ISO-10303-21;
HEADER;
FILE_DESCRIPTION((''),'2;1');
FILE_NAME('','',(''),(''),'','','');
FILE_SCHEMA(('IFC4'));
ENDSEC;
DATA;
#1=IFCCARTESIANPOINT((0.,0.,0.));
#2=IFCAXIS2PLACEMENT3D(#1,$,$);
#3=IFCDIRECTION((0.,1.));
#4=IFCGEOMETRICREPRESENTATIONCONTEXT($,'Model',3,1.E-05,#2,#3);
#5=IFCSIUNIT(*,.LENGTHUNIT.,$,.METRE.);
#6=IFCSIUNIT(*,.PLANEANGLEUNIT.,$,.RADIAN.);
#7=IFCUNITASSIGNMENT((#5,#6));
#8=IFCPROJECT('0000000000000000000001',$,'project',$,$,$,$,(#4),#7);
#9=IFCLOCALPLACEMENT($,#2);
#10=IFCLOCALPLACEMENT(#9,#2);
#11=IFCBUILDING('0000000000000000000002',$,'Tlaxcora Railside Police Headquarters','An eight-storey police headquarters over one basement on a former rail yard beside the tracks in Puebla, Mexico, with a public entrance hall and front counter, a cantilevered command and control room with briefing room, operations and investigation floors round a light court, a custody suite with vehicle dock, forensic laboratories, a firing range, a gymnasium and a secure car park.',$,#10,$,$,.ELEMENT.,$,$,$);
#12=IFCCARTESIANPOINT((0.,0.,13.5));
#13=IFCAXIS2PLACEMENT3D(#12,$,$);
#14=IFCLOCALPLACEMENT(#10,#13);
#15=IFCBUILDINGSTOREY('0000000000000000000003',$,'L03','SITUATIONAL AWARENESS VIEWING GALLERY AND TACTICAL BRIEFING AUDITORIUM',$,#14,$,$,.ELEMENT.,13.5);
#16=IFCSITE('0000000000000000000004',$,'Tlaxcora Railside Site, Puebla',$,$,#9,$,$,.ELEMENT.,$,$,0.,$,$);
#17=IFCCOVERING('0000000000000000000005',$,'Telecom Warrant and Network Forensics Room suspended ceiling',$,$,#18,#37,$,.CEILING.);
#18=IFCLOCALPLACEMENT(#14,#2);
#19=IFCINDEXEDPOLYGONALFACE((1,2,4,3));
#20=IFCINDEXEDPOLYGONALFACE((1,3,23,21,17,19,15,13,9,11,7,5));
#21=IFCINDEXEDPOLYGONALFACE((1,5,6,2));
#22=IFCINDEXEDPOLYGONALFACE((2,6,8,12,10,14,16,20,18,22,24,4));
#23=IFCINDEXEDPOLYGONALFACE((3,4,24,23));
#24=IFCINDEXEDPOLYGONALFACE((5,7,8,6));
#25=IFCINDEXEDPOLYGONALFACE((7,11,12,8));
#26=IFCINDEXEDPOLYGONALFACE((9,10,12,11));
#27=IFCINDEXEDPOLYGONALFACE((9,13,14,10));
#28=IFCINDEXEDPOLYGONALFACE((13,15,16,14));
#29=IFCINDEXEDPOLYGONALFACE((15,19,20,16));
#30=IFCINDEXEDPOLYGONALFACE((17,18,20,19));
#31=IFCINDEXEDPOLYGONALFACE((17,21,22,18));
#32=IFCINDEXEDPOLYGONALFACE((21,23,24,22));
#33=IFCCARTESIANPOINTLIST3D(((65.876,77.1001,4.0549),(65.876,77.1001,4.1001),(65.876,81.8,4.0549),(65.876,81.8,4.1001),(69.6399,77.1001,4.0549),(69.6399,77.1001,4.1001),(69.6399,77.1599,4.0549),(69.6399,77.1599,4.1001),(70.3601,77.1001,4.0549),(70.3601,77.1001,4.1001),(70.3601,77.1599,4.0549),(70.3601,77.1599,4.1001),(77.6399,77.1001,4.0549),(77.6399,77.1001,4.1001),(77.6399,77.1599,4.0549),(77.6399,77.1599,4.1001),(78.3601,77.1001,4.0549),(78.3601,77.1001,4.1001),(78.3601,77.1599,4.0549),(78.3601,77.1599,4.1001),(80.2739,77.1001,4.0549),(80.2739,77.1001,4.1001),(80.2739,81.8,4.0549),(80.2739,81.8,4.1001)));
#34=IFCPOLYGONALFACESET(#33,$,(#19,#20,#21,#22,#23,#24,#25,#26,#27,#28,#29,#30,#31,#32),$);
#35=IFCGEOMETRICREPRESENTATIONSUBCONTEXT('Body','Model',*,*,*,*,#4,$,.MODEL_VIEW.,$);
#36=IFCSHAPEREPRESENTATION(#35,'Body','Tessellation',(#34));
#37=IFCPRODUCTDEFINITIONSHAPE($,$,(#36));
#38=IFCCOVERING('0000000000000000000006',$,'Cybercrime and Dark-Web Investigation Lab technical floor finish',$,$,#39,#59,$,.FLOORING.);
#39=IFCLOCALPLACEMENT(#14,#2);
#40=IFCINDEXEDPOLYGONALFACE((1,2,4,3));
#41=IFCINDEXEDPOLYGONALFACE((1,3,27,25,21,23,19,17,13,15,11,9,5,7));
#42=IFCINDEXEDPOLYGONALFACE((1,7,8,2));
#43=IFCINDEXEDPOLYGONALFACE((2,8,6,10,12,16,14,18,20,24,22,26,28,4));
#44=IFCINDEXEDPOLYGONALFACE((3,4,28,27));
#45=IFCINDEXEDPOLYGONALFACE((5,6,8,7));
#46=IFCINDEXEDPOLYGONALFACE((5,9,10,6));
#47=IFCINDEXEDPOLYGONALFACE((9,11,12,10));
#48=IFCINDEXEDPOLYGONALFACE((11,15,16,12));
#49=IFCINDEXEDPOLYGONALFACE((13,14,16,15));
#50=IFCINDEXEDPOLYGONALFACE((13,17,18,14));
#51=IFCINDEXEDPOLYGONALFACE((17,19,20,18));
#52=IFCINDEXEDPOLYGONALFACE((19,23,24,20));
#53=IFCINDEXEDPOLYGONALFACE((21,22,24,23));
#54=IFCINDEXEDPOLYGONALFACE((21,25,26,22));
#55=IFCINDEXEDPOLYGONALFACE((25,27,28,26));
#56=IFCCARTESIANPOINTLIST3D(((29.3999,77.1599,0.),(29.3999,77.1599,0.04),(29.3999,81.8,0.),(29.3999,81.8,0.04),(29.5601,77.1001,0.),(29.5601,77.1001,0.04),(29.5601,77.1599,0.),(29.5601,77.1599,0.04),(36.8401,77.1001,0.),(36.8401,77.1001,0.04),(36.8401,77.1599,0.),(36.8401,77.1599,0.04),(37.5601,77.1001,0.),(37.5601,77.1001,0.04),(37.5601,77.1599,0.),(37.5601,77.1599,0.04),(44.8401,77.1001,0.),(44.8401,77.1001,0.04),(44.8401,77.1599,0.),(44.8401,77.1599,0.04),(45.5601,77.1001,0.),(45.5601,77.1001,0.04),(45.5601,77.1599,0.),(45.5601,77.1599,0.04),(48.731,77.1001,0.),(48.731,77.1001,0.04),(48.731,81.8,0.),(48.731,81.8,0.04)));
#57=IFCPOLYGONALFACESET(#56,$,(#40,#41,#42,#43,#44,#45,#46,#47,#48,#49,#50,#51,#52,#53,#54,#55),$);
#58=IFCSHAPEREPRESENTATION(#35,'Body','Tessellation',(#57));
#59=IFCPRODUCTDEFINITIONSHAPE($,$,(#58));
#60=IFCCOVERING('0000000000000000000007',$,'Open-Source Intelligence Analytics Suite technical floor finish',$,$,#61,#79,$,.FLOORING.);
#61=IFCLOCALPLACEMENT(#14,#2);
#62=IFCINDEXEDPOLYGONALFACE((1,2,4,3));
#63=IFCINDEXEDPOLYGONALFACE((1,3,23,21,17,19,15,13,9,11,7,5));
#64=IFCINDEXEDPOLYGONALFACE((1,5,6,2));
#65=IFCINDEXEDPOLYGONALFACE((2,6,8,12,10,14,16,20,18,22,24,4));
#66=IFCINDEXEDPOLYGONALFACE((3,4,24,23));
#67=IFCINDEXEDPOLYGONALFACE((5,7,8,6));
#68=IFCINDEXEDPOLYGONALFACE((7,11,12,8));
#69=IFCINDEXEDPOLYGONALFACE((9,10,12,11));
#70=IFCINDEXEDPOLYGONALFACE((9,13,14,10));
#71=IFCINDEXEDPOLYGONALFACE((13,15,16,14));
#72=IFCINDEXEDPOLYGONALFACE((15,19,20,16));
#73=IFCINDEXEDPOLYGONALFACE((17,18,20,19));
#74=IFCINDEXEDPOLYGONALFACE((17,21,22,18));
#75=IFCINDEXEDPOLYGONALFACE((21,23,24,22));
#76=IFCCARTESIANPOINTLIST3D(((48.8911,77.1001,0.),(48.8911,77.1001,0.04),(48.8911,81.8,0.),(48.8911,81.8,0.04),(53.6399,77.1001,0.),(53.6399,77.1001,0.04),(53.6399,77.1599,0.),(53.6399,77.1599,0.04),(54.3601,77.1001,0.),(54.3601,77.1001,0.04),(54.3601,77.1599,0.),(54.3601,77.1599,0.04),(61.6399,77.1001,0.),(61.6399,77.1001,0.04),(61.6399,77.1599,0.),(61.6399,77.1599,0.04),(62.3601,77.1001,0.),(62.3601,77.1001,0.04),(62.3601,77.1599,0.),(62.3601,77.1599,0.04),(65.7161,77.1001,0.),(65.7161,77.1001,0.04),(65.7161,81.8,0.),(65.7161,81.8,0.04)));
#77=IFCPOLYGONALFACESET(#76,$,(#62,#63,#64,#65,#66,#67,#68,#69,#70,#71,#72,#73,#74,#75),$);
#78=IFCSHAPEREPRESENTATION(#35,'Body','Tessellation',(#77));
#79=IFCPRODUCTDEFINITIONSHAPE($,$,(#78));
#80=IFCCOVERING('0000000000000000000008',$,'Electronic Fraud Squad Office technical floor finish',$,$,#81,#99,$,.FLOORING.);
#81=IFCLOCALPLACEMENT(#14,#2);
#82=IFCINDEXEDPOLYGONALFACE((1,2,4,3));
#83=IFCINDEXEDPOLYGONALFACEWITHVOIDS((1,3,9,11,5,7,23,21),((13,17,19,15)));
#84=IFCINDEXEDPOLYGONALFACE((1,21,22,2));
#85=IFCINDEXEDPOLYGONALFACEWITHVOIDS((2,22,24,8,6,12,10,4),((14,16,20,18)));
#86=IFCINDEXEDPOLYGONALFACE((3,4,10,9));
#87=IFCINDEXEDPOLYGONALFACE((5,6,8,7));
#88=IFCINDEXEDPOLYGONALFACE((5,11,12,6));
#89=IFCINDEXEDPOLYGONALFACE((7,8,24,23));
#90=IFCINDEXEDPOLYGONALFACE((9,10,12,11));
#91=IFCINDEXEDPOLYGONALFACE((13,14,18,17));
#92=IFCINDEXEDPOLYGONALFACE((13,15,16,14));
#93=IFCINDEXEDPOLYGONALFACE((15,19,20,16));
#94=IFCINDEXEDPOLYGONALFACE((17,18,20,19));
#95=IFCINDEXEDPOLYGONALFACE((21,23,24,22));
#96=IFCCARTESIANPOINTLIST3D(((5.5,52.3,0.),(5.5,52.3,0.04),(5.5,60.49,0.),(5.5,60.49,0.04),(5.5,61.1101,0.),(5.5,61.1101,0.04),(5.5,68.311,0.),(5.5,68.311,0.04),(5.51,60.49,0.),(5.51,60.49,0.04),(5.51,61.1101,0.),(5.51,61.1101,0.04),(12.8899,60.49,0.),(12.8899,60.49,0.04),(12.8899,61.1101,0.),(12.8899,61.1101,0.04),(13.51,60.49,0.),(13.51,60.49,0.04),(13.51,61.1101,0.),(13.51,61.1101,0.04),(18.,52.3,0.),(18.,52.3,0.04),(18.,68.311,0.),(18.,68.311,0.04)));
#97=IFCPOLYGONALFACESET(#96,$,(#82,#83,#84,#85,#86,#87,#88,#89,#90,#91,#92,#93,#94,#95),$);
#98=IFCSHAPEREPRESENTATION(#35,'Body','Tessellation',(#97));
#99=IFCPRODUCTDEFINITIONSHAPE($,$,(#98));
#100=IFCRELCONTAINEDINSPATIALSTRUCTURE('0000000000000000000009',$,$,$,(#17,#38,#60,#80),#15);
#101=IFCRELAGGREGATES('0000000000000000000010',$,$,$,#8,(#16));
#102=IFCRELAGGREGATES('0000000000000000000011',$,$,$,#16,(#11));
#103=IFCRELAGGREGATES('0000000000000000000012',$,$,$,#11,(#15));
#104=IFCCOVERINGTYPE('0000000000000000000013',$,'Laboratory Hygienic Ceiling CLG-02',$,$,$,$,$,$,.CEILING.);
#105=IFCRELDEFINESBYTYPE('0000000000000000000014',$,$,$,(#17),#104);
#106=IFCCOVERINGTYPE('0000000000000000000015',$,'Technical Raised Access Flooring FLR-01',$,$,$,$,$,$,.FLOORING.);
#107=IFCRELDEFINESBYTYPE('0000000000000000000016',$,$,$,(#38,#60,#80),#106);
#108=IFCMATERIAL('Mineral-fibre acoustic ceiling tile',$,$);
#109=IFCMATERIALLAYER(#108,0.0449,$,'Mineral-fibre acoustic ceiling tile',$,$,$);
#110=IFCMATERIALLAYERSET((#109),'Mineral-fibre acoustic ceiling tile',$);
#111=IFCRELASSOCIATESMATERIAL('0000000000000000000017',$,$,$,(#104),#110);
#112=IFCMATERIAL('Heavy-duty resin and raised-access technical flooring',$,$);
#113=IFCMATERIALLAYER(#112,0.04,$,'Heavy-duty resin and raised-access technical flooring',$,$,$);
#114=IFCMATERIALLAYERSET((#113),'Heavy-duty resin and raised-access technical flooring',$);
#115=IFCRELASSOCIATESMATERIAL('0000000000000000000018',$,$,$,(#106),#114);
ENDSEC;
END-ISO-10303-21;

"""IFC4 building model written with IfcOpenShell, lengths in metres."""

from ifc_helpers import new_model, si_unit, direction, frame, origin, place, context, subcontext, project, spatial, polyline, outline, extrude, material, layer, layer_set, type_object, element, save


model = new_model("IFC4")

# Units and contexts
model_context = context("Model", 3, precision=1e-05, world=origin(), true_north=direction((0.0, 1.0)))
body_context = subcontext(model_context, "Body", "Model", "MODEL_VIEW")
ifc_project = project(units=[si_unit("LENGTHUNIT", "METRE"), si_unit("PLANEANGLEUNIT", "RADIAN")], contexts=[model_context])

# Site, building, storey
site_placement = place(None, origin())
site = spatial("IfcSite", under=ifc_project, at=site_placement, Name="Tlaxcora Railside Site, Puebla", CompositionType="ELEMENT", RefElevation=0.0)
building_placement = place(site_placement, origin())
building = spatial("IfcBuilding", under=site, at=building_placement, Name="Tlaxcora Railside Police Headquarters", Description="An eight-storey police headquarters over one basement on a former rail yard beside the tracks in Puebla, Mexico, with a public entrance hall and front counter, a cantilevered command and control room with briefing room, operations and investigation floors round a light court, a custody suite with vehicle dock, forensic laboratories, a firing range, a gymnasium and a secure car park.", CompositionType="ELEMENT")
storey_placement = place(building_placement, frame((0.0, 0.0, 13.5)))
storey = spatial("IfcBuildingStorey", under=building, at=storey_placement, Name="L03", Description="SITUATIONAL AWARENESS VIEWING GALLERY AND TACTICAL BRIEFING AUDITORIUM", CompositionType="ELEMENT", Elevation=13.5)

# Coverings
ifc_material_1 = material(Name="Mineral-fibre acoustic ceiling tile")
ifc_material_2 = material(Name="Heavy-duty resin and raised-access technical flooring")
ifc_layer_1 = layer(ifc_material_1, 0.0449, Name="Mineral-fibre acoustic ceiling tile")
ifc_layer_set_1 = layer_set([ifc_layer_1], Name="Mineral-fibre acoustic ceiling tile")
covering_type_1 = type_object("IfcCoveringType", Name="Laboratory Hygienic Ceiling CLG-02", PredefinedType="CEILING", material=ifc_layer_set_1)
covering_1_placement = place(storey_placement, frame((0.0, 0.0, 4.0549)))
element("IfcCovering", 1, at=covering_1_placement, inside=storey, type_object=covering_type_1, Name="Telecom Warrant and Network Forensics Room suspended ceiling", PredefinedType="CEILING", context=body_context, shape_type="SweptSolid", body=[
    extrude(outline(polyline([(80.2739, 81.8), (65.876, 81.8), (65.876, 77.1001), (69.6399, 77.1001), (69.6399, 77.1599), (70.3601, 77.1599), (70.3601, 77.1001), (77.6399, 77.1001), (77.6399, 77.1599), (78.3601, 77.1599), (78.3601, 77.1001), (80.2739, 77.1001), (80.2739, 81.8)])), origin(), (0.0, 0.0, 1.0), 0.0452),
])
ifc_layer_2 = layer(ifc_material_2, 0.04, Name="Heavy-duty resin and raised-access technical flooring")
ifc_layer_set_2 = layer_set([ifc_layer_2], Name="Heavy-duty resin and raised-access technical flooring")
covering_type_2 = type_object("IfcCoveringType", Name="Technical Raised Access Flooring FLR-01", PredefinedType="FLOORING", material=ifc_layer_set_2)
covering_2_placement = place(storey_placement, origin())
element("IfcCovering", 2, at=covering_2_placement, inside=storey, type_object=covering_type_2, Name="Cybercrime and Dark-Web Investigation Lab technical floor finish", PredefinedType="FLOORING", context=body_context, shape_type="SweptSolid", body=[
    extrude(outline(polyline([(48.731, 77.1001), (48.731, 81.8), (29.3999, 81.8), (29.3999, 77.1599), (29.5601, 77.1599), (29.5601, 77.1001), (36.8401, 77.1001), (36.8401, 77.1599), (37.5601, 77.1599), (37.5601, 77.1001), (44.8401, 77.1001), (44.8401, 77.1599), (45.5601, 77.1599), (45.5601, 77.1001), (48.731, 77.1001)])), origin(), (0.0, 0.0, 1.0), 0.04),
])
covering_3_placement = place(storey_placement, origin())
element("IfcCovering", 3, at=covering_3_placement, inside=storey, type_object=covering_type_2, Name="Open-Source Intelligence Analytics Suite technical floor finish", PredefinedType="FLOORING", context=body_context, shape_type="SweptSolid", body=[
    extrude(outline(polyline([(65.7161, 81.8), (48.8911, 81.8), (48.8911, 77.1001), (53.6399, 77.1001), (53.6399, 77.1599), (54.3601, 77.1599), (54.3601, 77.1001), (61.6399, 77.1001), (61.6399, 77.1599), (62.3601, 77.1599), (62.3601, 77.1001), (65.7161, 77.1001), (65.7161, 81.8)])), origin(), (0.0, 0.0, 1.0), 0.04),
])
covering_4_placement = place(storey_placement, origin())
element("IfcCovering", 4, at=covering_4_placement, inside=storey, type_object=covering_type_2, Name="Electronic Fraud Squad Office technical floor finish", PredefinedType="FLOORING", context=body_context, shape_type="SweptSolid", body=[
    extrude(outline(polyline([(18.0, 68.311), (5.5, 68.311), (5.5, 61.1101), (5.51, 61.1101), (5.51, 60.49), (5.5, 60.49), (5.5, 52.3), (18.0, 52.3), (18.0, 68.311)]), holes=[polyline([(13.51, 60.49), (12.8899, 60.49), (12.8899, 61.1101), (13.51, 61.1101), (13.51, 60.49)])]), origin(), (0.0, 0.0, 1.0), 0.04),
])

save(model, "model.ifc")
